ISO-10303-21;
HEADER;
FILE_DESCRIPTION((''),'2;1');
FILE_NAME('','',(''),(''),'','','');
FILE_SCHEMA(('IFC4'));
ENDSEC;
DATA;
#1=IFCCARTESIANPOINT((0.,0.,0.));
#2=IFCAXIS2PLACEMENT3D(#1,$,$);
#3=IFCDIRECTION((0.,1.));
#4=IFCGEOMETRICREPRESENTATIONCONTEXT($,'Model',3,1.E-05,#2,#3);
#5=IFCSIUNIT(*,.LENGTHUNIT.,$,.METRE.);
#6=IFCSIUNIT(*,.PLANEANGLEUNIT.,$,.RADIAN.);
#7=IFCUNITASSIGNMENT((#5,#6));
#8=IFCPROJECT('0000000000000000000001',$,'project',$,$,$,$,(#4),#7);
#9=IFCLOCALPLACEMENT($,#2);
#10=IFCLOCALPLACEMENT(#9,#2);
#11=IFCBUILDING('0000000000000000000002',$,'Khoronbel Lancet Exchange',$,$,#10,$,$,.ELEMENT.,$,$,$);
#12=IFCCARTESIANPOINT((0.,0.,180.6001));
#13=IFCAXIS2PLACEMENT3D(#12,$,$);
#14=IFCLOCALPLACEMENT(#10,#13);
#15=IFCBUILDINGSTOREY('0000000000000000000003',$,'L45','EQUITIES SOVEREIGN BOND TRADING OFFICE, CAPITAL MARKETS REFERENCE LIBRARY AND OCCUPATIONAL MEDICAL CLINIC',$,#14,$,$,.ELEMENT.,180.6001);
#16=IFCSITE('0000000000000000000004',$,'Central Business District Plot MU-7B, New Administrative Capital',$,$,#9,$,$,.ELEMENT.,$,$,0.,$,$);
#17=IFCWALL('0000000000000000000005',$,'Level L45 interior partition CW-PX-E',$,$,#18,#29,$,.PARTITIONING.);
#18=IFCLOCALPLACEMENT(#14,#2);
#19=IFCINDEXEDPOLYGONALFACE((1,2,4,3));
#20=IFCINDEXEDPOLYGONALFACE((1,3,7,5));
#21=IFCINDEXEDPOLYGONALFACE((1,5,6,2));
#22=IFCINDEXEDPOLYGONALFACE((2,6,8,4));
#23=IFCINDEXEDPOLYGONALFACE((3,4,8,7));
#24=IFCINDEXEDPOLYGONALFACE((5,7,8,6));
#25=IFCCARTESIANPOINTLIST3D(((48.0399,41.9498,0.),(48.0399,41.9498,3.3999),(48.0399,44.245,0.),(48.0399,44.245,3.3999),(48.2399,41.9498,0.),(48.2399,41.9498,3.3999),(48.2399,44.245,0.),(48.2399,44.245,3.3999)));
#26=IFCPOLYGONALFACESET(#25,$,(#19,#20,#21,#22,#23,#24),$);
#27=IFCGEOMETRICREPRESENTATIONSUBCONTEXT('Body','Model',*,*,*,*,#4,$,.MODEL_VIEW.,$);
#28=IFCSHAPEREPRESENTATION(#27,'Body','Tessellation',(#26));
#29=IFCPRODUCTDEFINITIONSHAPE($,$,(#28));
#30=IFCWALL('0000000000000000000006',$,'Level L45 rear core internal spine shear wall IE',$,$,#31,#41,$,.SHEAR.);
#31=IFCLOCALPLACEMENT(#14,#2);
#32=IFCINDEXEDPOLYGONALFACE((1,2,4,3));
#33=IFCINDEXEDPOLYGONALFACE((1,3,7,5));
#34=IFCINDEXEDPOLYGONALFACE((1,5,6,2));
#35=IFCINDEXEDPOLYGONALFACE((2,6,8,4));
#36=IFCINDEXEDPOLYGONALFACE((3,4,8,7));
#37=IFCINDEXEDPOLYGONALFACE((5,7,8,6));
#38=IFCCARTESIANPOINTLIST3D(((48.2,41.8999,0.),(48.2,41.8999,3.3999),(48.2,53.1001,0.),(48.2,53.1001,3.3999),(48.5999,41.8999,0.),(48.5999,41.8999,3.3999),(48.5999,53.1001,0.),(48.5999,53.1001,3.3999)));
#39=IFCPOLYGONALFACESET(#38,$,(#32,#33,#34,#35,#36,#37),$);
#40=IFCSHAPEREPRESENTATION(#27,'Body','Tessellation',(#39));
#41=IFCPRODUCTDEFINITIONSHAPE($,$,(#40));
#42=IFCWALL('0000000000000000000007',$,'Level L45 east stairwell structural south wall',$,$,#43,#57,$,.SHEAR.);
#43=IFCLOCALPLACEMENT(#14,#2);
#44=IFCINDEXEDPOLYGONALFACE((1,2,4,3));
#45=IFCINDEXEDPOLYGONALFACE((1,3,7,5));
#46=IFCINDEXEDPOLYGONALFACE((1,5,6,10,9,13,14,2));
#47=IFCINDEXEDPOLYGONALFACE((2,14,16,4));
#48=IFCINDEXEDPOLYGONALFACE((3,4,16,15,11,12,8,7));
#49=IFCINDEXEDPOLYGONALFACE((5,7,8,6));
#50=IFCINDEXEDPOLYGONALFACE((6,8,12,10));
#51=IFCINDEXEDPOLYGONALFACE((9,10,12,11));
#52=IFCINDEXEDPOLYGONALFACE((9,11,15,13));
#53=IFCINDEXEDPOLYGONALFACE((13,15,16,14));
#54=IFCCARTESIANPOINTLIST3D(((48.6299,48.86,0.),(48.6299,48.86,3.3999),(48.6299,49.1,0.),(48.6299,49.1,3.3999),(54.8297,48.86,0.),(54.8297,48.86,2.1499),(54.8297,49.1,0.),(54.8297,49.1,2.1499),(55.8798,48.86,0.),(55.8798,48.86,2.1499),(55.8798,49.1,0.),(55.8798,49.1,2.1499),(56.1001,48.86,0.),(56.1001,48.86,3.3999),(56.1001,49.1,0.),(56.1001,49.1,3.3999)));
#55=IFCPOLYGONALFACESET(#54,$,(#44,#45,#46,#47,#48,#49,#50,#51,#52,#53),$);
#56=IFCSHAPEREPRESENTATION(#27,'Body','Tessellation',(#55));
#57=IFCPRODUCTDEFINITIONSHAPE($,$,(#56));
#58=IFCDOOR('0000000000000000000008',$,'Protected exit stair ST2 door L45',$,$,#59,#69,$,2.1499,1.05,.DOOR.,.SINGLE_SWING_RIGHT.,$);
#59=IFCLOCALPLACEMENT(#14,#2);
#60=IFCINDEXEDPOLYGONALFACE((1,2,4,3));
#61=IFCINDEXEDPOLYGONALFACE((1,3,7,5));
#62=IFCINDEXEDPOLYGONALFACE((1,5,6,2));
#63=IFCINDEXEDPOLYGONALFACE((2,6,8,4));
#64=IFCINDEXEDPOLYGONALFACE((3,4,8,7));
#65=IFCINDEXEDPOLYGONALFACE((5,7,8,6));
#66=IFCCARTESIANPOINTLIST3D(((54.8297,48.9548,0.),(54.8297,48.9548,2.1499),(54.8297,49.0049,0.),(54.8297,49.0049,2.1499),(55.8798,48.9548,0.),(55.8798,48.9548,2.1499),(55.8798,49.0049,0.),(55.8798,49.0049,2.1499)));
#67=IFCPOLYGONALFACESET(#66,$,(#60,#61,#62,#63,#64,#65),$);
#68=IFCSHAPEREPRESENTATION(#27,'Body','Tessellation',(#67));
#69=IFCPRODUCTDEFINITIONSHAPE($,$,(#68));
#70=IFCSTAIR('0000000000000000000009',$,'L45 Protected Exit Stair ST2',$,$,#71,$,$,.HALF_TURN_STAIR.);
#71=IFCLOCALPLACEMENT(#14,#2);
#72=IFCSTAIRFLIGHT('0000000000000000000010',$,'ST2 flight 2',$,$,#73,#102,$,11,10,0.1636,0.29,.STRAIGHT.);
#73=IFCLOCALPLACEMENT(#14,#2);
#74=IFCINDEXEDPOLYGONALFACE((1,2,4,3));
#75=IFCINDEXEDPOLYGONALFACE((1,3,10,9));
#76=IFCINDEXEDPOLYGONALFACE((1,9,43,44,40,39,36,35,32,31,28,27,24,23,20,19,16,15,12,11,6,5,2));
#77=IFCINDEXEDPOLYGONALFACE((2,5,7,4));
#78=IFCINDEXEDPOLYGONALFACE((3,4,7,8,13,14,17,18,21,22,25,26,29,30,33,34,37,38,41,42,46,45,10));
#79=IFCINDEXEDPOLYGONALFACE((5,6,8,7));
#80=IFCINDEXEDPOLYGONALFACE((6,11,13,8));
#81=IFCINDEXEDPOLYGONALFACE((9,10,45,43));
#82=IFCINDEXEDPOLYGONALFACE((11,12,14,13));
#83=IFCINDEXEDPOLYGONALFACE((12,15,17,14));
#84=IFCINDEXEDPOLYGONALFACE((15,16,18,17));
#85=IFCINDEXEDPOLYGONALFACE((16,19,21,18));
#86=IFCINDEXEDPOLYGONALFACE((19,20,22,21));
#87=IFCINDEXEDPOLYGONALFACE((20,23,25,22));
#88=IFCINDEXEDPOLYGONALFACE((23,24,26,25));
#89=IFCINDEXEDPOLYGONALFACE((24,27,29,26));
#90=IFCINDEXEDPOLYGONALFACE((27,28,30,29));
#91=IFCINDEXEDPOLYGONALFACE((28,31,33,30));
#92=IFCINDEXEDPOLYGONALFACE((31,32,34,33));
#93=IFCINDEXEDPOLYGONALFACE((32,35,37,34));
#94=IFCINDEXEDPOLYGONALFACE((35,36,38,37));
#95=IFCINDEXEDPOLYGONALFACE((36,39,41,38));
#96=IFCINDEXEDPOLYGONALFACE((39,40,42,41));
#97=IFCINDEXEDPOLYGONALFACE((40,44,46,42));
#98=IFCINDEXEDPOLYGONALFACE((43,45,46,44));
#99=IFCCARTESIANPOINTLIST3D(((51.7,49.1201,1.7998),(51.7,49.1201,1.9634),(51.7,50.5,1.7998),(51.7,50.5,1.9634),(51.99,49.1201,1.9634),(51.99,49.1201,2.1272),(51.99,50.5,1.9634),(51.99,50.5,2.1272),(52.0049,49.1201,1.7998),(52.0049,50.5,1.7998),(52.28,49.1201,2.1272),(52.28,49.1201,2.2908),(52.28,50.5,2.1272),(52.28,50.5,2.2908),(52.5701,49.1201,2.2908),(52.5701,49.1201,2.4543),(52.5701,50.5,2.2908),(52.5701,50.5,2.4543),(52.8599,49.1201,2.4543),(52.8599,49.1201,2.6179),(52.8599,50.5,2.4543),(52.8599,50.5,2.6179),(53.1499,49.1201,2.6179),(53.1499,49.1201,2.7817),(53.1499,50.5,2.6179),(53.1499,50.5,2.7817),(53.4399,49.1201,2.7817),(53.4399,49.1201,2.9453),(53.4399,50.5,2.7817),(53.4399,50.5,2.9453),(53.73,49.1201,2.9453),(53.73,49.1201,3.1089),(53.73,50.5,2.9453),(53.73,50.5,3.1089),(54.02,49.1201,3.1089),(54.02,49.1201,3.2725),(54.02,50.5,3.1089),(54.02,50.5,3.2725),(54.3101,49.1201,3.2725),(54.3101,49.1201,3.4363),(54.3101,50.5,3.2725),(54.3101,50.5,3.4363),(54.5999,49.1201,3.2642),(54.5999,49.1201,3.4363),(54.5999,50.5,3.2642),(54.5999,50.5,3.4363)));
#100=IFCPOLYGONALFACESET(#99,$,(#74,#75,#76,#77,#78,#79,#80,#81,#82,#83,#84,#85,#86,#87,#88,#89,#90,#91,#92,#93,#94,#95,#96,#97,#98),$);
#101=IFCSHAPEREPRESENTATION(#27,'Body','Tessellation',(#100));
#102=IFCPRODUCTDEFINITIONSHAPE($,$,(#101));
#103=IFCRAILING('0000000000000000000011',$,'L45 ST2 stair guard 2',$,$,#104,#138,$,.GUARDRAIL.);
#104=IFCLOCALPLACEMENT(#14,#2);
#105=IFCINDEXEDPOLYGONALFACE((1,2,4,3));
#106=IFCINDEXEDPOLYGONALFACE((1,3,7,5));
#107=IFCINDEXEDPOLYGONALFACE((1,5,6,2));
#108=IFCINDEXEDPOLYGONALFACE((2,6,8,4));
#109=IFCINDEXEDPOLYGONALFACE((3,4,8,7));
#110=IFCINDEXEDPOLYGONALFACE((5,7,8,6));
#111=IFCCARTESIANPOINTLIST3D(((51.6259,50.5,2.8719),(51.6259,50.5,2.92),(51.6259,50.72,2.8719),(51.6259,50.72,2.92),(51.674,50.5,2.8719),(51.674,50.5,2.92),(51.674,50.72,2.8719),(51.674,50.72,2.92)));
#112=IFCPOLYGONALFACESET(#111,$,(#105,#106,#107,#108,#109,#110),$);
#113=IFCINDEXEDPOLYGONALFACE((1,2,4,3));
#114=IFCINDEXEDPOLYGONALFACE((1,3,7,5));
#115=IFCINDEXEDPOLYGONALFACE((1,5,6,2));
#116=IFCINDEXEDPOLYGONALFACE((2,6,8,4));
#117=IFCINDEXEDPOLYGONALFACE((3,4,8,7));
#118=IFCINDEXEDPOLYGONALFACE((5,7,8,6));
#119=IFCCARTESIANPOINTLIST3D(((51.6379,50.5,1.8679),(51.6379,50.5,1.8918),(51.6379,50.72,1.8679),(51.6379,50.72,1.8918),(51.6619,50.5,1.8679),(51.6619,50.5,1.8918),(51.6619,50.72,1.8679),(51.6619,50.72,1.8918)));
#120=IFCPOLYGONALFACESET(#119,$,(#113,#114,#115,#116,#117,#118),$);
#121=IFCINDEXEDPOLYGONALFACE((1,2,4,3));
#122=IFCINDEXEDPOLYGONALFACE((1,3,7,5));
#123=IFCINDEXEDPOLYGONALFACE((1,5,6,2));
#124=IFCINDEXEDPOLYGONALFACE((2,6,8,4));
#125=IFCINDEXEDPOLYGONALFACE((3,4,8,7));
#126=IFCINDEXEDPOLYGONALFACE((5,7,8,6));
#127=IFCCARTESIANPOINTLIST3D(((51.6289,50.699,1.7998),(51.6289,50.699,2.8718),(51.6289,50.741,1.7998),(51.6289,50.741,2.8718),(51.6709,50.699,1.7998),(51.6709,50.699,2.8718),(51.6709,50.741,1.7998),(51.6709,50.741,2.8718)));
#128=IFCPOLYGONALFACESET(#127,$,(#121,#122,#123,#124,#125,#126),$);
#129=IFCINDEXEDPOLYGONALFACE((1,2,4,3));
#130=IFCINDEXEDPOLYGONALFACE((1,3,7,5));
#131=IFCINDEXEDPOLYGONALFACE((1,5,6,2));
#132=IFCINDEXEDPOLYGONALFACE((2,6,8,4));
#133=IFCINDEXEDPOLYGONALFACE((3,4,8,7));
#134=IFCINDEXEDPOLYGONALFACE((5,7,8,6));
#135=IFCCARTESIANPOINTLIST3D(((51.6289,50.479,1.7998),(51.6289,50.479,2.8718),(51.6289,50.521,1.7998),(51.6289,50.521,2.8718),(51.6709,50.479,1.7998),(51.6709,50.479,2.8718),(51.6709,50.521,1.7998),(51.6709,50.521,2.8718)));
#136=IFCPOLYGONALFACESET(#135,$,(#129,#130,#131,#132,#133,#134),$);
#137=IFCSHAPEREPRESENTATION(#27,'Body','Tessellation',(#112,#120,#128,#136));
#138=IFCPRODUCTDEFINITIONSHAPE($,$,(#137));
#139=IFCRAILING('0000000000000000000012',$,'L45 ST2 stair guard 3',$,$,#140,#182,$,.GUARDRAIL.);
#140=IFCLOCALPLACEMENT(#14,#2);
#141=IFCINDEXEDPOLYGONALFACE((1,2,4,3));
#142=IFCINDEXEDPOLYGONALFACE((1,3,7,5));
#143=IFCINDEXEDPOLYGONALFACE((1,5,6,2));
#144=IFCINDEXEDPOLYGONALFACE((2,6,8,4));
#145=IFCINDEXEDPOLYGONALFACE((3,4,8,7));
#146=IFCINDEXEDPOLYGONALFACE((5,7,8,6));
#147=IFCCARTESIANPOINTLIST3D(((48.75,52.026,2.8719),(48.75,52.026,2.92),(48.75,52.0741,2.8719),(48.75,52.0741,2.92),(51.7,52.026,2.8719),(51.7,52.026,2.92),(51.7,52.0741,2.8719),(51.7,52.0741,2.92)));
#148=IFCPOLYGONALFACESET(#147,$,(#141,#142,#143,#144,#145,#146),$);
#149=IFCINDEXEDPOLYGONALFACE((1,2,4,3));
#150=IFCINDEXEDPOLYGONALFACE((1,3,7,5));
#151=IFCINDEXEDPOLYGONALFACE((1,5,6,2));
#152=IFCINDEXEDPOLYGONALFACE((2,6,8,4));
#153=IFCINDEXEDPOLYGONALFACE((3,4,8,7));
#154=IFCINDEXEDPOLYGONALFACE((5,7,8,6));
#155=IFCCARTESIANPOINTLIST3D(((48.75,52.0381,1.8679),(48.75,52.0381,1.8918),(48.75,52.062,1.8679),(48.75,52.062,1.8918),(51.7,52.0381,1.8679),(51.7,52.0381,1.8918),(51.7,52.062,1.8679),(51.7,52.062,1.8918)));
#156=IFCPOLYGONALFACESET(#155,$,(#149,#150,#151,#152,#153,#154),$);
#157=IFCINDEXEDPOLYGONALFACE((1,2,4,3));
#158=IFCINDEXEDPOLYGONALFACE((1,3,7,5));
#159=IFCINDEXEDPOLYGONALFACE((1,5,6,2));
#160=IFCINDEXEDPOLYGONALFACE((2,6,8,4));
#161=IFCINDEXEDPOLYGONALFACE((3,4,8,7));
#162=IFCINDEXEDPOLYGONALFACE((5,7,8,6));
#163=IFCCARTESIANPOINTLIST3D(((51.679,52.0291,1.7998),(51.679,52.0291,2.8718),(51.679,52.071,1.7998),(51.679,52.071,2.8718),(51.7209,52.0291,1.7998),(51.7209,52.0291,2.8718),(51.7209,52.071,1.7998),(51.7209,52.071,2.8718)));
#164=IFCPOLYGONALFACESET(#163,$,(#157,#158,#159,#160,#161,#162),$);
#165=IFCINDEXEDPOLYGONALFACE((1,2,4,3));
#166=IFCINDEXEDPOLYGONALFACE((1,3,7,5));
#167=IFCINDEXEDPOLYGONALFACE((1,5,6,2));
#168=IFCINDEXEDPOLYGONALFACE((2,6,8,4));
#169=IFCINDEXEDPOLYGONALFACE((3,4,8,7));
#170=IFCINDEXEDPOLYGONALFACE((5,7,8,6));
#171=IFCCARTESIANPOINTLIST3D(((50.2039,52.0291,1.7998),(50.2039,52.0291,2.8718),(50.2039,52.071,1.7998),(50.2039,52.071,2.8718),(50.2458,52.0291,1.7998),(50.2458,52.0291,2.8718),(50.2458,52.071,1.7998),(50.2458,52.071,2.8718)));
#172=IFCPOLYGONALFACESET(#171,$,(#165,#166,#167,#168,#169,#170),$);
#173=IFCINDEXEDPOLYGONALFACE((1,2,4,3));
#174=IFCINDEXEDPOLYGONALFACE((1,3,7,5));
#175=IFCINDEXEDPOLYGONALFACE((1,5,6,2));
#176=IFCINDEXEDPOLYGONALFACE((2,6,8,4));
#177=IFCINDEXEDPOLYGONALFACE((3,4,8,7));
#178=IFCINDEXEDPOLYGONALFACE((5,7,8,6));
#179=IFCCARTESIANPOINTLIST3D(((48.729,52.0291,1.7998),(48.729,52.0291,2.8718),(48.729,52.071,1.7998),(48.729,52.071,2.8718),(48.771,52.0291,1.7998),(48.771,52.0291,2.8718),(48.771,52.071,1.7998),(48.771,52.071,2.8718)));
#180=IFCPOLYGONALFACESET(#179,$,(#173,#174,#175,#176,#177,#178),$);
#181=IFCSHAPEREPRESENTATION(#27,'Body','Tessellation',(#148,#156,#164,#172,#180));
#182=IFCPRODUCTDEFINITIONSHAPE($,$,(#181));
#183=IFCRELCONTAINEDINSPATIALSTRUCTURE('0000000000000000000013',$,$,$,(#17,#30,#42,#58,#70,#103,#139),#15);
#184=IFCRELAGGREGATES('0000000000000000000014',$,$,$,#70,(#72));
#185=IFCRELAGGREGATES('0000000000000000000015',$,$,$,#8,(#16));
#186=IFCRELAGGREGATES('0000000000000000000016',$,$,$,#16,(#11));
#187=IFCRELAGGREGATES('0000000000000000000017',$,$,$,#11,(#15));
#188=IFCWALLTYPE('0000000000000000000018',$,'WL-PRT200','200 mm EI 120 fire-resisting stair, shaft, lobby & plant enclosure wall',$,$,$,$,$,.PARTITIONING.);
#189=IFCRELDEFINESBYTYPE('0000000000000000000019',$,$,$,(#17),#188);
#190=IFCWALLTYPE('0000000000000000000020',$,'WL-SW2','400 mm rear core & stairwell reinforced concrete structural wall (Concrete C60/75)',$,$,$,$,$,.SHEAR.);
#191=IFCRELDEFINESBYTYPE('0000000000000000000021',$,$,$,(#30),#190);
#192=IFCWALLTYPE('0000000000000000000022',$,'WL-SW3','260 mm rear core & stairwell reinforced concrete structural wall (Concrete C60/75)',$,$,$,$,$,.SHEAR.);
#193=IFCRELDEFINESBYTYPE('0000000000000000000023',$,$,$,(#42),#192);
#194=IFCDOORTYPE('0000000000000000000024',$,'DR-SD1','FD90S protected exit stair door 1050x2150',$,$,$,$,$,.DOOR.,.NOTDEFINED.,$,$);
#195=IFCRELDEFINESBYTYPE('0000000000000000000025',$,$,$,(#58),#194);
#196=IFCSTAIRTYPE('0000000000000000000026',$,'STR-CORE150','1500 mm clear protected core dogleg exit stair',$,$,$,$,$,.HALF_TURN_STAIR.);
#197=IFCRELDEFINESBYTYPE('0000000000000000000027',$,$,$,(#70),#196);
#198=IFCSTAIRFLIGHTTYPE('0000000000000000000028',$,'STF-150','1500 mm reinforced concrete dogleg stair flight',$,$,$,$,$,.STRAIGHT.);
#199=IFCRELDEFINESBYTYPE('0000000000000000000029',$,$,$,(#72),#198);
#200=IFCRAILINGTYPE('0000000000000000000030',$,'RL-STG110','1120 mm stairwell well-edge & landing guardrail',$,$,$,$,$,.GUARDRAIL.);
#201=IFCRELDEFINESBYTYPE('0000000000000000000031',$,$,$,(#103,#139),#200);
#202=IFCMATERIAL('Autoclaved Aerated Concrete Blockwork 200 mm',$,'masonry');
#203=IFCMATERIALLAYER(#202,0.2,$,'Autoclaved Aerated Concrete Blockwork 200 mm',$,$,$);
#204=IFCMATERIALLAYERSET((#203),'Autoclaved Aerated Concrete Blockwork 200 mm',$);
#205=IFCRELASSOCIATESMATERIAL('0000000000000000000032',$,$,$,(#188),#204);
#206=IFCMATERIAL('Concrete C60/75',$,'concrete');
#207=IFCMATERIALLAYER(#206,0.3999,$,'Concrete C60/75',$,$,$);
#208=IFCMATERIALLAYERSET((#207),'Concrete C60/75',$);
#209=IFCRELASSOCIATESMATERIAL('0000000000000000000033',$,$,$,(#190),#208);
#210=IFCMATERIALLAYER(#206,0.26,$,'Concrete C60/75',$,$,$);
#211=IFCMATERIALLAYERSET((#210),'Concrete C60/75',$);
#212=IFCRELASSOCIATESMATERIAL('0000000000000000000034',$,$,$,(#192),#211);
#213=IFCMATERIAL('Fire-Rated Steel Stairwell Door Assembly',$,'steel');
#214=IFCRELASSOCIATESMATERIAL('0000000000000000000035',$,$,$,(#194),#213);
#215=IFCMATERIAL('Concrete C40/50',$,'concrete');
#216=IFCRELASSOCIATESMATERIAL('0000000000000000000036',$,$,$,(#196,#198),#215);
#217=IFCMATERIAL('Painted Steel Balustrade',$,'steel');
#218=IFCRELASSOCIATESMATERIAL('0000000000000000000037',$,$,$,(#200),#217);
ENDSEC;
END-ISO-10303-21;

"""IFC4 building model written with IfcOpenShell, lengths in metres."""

from ifc_helpers import new_model, si_unit, direction, frame, frame_2d, origin, origin_2d, place, context, subcontext, project, spatial, polyline, rectangle, outline, extrude, material, layer, layer_set, type_object, element, fill, aggregate, save


model = new_model("IFC4")

# Units and contexts
model_context = context("Model", 3, precision=1e-05, world=origin(), true_north=direction((0.0, 1.0)))
body_context = subcontext(model_context, "Body", "Model", "MODEL_VIEW")
ifc_project = project(units=[si_unit("LENGTHUNIT", "METRE"), si_unit("PLANEANGLEUNIT", "RADIAN")], contexts=[model_context])

# Site, building, storey
site_placement = place(None, origin())
site = spatial("IfcSite", under=ifc_project, at=site_placement, Name="Central Business District Plot MU-7B, New Administrative Capital", CompositionType="ELEMENT", RefElevation=0.0)
building_placement = place(site_placement, origin())
building = spatial("IfcBuilding", under=site, at=building_placement, Name="Khoronbel Lancet Exchange", CompositionType="ELEMENT")
storey_placement = place(building_placement, frame((0.0, 0.0, 180.6001)))
storey = spatial("IfcBuildingStorey", under=building, at=storey_placement, Name="L45", Description="EQUITIES SOVEREIGN BOND TRADING OFFICE, CAPITAL MARKETS REFERENCE LIBRARY AND OCCUPATIONAL MEDICAL CLINIC", CompositionType="ELEMENT", Elevation=180.6001)

# Shared definitions
ifc_material_1 = material(Name="Autoclaved Aerated Concrete Blockwork 200 mm", Category="masonry")
ifc_layer_1 = layer(ifc_material_1, 0.2, Name="Autoclaved Aerated Concrete Blockwork 200 mm")
ifc_layer_set_1 = layer_set([ifc_layer_1], Name="Autoclaved Aerated Concrete Blockwork 200 mm")
wall_type_1 = type_object("IfcWallType", Name="WL-PRT200", Description="200 mm EI 120 fire-resisting stair, shaft, lobby & plant enclosure wall", PredefinedType="PARTITIONING", material=ifc_layer_set_1)

# Walls
wall_1_placement = place(storey_placement, frame((48.1399, 41.95, 0.0), z_axis=(0.0, 0.0, 1.0), x_axis=(0.0, 1.0, 0.0)))
element("IfcWall", 1, at=wall_1_placement, inside=storey, type_object=wall_type_1, Name="Level L45 interior partition CW-PX-E", PredefinedType="PARTITIONING", context=body_context, shape_type="SweptSolid", body=[
    extrude(rectangle(XDim=2.2952, YDim=0.2, at=frame_2d((1.1475, 0.0))), origin(), (0.0, 0.0, 1.0), 3.3999),
])
ifc_material_2 = material(Name="Concrete C60/75", Category="concrete")
ifc_layer_2 = layer(ifc_material_2, 0.3999, Name="Concrete C60/75")
ifc_layer_set_2 = layer_set([ifc_layer_2], Name="Concrete C60/75")
wall_type_2 = type_object("IfcWallType", Name="WL-SW2", Description="400 mm rear core & stairwell reinforced concrete structural wall (Concrete C60/75)", PredefinedType="SHEAR", material=ifc_layer_set_2)
wall_2_placement = place(storey_placement, frame((48.3999, 41.8999, 0.0), z_axis=(0.0, 0.0, 1.0), x_axis=(0.0, 1.0, 0.0)))
element("IfcWall", 2, at=wall_2_placement, inside=storey, type_object=wall_type_2, Name="Level L45 rear core internal spine shear wall IE", PredefinedType="SHEAR", context=body_context, shape_type="SweptSolid", body=[
    extrude(rectangle(XDim=11.2002, YDim=0.3999, at=frame_2d((5.6001, 0.0))), origin(), (0.0, 0.0, 1.0), 3.3999),
])

# Wall, opening, door
ifc_layer_3 = layer(ifc_material_2, 0.26, Name="Concrete C60/75")
ifc_layer_set_3 = layer_set([ifc_layer_3], Name="Concrete C60/75")
wall_type_3 = type_object("IfcWallType", Name="WL-SW3", Description="260 mm rear core & stairwell reinforced concrete structural wall (Concrete C60/75)", PredefinedType="SHEAR", material=ifc_layer_set_3)
wall_3_placement = place(storey_placement, frame((48.6299, 48.98, 0.0), z_axis=(0.0, 0.0, 1.0), x_axis=(1.0, 0.0, 0.0)))
wall_3 = element("IfcWall", 3, at=wall_3_placement, inside=storey, type_object=wall_type_3, Name="Level L45 east stairwell structural south wall", PredefinedType="SHEAR", context=body_context, shape_type="SweptSolid", body=[
    extrude(rectangle(XDim=7.4702, YDim=0.24, at=frame_2d((3.7351, 0.0))), origin(), (0.0, 0.0, 1.0), 3.3999),
])
opening_1_placement = place(wall_3_placement, frame((6.2, 0.0, 0.0)))
opening_1 = element("IfcOpeningElement", 4, at=opening_1_placement, cuts=wall_3, PredefinedType="OPENING", context=body_context, shape_type="SweptSolid", body=[
    extrude(rectangle(XDim=1.05, YDim=2.1499, at=frame_2d((0.5249, 1.075))), frame((0.0, 0.1299, 0.0), z_axis=(0.0, -1.0, 0.0), x_axis=(1.0, 0.0, 0.0)), (0.0, 0.0, 1.0), 0.26),
])
ifc_material_3 = material(Name="Fire-Rated Steel Stairwell Door Assembly", Category="steel")
door_type_1 = type_object("IfcDoorType", Name="DR-SD1", Description="FD90S protected exit stair door 1050x2150", OperationType="NOTDEFINED", PredefinedType="DOOR", material=ifc_material_3)
door_1_placement = place(opening_1_placement, origin())
door_1 = element("IfcDoor", 5, at=door_1_placement, inside=storey, type_object=door_type_1, Name="Protected exit stair ST2 door L45", OperationType="SINGLE_SWING_RIGHT", OverallHeight=2.1499, OverallWidth=1.05, PredefinedType="DOOR", context=body_context, shape_type="SweptSolid", body=[
    extrude(rectangle(XDim=1.05, YDim=2.1499, at=frame_2d((0.5249, 1.075))), frame((0.0, 0.0249, 0.0), z_axis=(0.0, -1.0, 0.0), x_axis=(1.0, 0.0, 0.0)), (0.0, 0.0, 1.0), 0.05),
])
fill(opening_1, door_1)

# Stair, stair flight
ifc_material_4 = material(Name="Concrete C40/50", Category="concrete")
stair_type = type_object("IfcStairType", Name="STR-CORE150", Description="1500 mm clear protected core dogleg exit stair", PredefinedType="HALF_TURN_STAIR", material=ifc_material_4)
stair_placement = place(storey_placement, origin())
stair = element("IfcStair", 6, at=stair_placement, inside=storey, type_object=stair_type, Name="L45 Protected Exit Stair ST2", PredefinedType="HALF_TURN_STAIR")
stair_flight_type = type_object("IfcStairFlightType", Name="STF-150", Description="1500 mm reinforced concrete dogleg stair flight", PredefinedType="STRAIGHT", material=ifc_material_4)
stair_flight_placement = place(storey_placement, frame((51.7, 49.8101, 1.7998), z_axis=(0.0, 0.0, 1.0), x_axis=(1.0, 0.0, 0.0)))
stair_flight = element("IfcStairFlight", 7, at=stair_flight_placement, type_object=stair_flight_type, Name="ST2 flight 2", NumberOfRisers=11, NumberOfTreads=10, PredefinedType="STRAIGHT", RiserHeight=0.1636, TreadLength=0.29, context=body_context, shape_type="SweptSolid", body=[
    extrude(outline(polyline([(0.0, 0.0), (0.0, 0.1636), (0.29, 0.1636), (0.29, 0.3274), (0.5801, 0.3274), (0.5801, 0.491), (0.8701, 0.491), (0.8701, 0.6545), (1.1599, 0.6545), (1.1599, 0.8181), (1.45, 0.8181), (1.45, 0.9819), (1.74, 0.9819), (1.74, 1.1455), (2.03, 1.1455), (2.03, 1.3091), (2.3201, 1.3091), (2.3201, 1.4727), (2.6101, 1.4727), (2.6101, 1.6365), (2.8999, 1.6365), (2.8999, 1.8), (2.8999, 1.4644), (0.3049, 0.0), (0.0, 0.0)])), frame((0.0, 0.6899, 0.0), z_axis=(0.0, -1.0, 0.0), x_axis=(1.0, 0.0, 0.0)), (0.0, 0.0, 1.0), 1.3799),
])
aggregate(stair, [stair_flight])

# Railings
ifc_material_5 = material(Name="Painted Steel Balustrade", Category="steel")
railing_type_1 = type_object("IfcRailingType", Name="RL-STG110", Description="1120 mm stairwell well-edge & landing guardrail", PredefinedType="GUARDRAIL", material=ifc_material_5)
railing_1_placement = place(storey_placement, frame((51.6499, 50.72, 1.7998)))
element("IfcRailing", 8, at=railing_1_placement, inside=storey, type_object=railing_type_1, Name="L45 ST2 stair guard 2", PredefinedType="GUARDRAIL", context=body_context, shape_type="SweptSolid", body=[
    extrude(rectangle(XDim=0.0481, YDim=0.0481, at=origin_2d()), frame((0.0, 0.0, 1.0962), z_axis=(0.0, -1.0, 0.0), x_axis=(1.0, 0.0, 0.0)), (0.0, 0.0, 1.0), 0.22),
    extrude(rectangle(XDim=0.0239, YDim=0.0239, at=origin_2d()), frame((0.0, 0.0, 0.0801), z_axis=(0.0, -1.0, 0.0), x_axis=(1.0, 0.0, 0.0)), (0.0, 0.0, 1.0), 0.22),
    extrude(rectangle(XDim=0.042, YDim=0.042, at=origin_2d()), origin(), (0.0, 0.0, 1.0), 1.072),
    extrude(rectangle(XDim=0.042, YDim=0.042, at=origin_2d()), frame((0.0, -0.22, 0.0)), (0.0, 0.0, 1.0), 1.072),
])
railing_2_placement = place(storey_placement, frame((51.7, 52.05, 1.7998)))
element("IfcRailing", 9, at=railing_2_placement, inside=storey, type_object=railing_type_1, Name="L45 ST2 stair guard 3", PredefinedType="GUARDRAIL", context=body_context, shape_type="SweptSolid", body=[
    extrude(rectangle(XDim=0.0481, YDim=0.0481, at=origin_2d()), frame((0.0, 0.0, 1.0962), z_axis=(-1.0, 0.0, 0.0), x_axis=(0.0, -1.0, 0.0)), (0.0, 0.0, 1.0), 2.95),
    extrude(rectangle(XDim=0.0239, YDim=0.0239, at=origin_2d()), frame((0.0, 0.0, 0.0801), z_axis=(-1.0, 0.0, 0.0), x_axis=(0.0, -1.0, 0.0)), (0.0, 0.0, 1.0), 2.95),
    extrude(rectangle(XDim=0.042, YDim=0.042, at=origin_2d()), origin(), (0.0, 0.0, 1.0), 1.072),
    extrude(rectangle(XDim=0.042, YDim=0.042, at=origin_2d()), frame((-1.4751, 0.0, 0.0)), (0.0, 0.0, 1.0), 1.072),
    extrude(rectangle(XDim=0.042, YDim=0.042, at=origin_2d()), frame((-2.95, 0.0, 0.0)), (0.0, 0.0, 1.0), 1.072),
])

save(model, "model.ifc")
